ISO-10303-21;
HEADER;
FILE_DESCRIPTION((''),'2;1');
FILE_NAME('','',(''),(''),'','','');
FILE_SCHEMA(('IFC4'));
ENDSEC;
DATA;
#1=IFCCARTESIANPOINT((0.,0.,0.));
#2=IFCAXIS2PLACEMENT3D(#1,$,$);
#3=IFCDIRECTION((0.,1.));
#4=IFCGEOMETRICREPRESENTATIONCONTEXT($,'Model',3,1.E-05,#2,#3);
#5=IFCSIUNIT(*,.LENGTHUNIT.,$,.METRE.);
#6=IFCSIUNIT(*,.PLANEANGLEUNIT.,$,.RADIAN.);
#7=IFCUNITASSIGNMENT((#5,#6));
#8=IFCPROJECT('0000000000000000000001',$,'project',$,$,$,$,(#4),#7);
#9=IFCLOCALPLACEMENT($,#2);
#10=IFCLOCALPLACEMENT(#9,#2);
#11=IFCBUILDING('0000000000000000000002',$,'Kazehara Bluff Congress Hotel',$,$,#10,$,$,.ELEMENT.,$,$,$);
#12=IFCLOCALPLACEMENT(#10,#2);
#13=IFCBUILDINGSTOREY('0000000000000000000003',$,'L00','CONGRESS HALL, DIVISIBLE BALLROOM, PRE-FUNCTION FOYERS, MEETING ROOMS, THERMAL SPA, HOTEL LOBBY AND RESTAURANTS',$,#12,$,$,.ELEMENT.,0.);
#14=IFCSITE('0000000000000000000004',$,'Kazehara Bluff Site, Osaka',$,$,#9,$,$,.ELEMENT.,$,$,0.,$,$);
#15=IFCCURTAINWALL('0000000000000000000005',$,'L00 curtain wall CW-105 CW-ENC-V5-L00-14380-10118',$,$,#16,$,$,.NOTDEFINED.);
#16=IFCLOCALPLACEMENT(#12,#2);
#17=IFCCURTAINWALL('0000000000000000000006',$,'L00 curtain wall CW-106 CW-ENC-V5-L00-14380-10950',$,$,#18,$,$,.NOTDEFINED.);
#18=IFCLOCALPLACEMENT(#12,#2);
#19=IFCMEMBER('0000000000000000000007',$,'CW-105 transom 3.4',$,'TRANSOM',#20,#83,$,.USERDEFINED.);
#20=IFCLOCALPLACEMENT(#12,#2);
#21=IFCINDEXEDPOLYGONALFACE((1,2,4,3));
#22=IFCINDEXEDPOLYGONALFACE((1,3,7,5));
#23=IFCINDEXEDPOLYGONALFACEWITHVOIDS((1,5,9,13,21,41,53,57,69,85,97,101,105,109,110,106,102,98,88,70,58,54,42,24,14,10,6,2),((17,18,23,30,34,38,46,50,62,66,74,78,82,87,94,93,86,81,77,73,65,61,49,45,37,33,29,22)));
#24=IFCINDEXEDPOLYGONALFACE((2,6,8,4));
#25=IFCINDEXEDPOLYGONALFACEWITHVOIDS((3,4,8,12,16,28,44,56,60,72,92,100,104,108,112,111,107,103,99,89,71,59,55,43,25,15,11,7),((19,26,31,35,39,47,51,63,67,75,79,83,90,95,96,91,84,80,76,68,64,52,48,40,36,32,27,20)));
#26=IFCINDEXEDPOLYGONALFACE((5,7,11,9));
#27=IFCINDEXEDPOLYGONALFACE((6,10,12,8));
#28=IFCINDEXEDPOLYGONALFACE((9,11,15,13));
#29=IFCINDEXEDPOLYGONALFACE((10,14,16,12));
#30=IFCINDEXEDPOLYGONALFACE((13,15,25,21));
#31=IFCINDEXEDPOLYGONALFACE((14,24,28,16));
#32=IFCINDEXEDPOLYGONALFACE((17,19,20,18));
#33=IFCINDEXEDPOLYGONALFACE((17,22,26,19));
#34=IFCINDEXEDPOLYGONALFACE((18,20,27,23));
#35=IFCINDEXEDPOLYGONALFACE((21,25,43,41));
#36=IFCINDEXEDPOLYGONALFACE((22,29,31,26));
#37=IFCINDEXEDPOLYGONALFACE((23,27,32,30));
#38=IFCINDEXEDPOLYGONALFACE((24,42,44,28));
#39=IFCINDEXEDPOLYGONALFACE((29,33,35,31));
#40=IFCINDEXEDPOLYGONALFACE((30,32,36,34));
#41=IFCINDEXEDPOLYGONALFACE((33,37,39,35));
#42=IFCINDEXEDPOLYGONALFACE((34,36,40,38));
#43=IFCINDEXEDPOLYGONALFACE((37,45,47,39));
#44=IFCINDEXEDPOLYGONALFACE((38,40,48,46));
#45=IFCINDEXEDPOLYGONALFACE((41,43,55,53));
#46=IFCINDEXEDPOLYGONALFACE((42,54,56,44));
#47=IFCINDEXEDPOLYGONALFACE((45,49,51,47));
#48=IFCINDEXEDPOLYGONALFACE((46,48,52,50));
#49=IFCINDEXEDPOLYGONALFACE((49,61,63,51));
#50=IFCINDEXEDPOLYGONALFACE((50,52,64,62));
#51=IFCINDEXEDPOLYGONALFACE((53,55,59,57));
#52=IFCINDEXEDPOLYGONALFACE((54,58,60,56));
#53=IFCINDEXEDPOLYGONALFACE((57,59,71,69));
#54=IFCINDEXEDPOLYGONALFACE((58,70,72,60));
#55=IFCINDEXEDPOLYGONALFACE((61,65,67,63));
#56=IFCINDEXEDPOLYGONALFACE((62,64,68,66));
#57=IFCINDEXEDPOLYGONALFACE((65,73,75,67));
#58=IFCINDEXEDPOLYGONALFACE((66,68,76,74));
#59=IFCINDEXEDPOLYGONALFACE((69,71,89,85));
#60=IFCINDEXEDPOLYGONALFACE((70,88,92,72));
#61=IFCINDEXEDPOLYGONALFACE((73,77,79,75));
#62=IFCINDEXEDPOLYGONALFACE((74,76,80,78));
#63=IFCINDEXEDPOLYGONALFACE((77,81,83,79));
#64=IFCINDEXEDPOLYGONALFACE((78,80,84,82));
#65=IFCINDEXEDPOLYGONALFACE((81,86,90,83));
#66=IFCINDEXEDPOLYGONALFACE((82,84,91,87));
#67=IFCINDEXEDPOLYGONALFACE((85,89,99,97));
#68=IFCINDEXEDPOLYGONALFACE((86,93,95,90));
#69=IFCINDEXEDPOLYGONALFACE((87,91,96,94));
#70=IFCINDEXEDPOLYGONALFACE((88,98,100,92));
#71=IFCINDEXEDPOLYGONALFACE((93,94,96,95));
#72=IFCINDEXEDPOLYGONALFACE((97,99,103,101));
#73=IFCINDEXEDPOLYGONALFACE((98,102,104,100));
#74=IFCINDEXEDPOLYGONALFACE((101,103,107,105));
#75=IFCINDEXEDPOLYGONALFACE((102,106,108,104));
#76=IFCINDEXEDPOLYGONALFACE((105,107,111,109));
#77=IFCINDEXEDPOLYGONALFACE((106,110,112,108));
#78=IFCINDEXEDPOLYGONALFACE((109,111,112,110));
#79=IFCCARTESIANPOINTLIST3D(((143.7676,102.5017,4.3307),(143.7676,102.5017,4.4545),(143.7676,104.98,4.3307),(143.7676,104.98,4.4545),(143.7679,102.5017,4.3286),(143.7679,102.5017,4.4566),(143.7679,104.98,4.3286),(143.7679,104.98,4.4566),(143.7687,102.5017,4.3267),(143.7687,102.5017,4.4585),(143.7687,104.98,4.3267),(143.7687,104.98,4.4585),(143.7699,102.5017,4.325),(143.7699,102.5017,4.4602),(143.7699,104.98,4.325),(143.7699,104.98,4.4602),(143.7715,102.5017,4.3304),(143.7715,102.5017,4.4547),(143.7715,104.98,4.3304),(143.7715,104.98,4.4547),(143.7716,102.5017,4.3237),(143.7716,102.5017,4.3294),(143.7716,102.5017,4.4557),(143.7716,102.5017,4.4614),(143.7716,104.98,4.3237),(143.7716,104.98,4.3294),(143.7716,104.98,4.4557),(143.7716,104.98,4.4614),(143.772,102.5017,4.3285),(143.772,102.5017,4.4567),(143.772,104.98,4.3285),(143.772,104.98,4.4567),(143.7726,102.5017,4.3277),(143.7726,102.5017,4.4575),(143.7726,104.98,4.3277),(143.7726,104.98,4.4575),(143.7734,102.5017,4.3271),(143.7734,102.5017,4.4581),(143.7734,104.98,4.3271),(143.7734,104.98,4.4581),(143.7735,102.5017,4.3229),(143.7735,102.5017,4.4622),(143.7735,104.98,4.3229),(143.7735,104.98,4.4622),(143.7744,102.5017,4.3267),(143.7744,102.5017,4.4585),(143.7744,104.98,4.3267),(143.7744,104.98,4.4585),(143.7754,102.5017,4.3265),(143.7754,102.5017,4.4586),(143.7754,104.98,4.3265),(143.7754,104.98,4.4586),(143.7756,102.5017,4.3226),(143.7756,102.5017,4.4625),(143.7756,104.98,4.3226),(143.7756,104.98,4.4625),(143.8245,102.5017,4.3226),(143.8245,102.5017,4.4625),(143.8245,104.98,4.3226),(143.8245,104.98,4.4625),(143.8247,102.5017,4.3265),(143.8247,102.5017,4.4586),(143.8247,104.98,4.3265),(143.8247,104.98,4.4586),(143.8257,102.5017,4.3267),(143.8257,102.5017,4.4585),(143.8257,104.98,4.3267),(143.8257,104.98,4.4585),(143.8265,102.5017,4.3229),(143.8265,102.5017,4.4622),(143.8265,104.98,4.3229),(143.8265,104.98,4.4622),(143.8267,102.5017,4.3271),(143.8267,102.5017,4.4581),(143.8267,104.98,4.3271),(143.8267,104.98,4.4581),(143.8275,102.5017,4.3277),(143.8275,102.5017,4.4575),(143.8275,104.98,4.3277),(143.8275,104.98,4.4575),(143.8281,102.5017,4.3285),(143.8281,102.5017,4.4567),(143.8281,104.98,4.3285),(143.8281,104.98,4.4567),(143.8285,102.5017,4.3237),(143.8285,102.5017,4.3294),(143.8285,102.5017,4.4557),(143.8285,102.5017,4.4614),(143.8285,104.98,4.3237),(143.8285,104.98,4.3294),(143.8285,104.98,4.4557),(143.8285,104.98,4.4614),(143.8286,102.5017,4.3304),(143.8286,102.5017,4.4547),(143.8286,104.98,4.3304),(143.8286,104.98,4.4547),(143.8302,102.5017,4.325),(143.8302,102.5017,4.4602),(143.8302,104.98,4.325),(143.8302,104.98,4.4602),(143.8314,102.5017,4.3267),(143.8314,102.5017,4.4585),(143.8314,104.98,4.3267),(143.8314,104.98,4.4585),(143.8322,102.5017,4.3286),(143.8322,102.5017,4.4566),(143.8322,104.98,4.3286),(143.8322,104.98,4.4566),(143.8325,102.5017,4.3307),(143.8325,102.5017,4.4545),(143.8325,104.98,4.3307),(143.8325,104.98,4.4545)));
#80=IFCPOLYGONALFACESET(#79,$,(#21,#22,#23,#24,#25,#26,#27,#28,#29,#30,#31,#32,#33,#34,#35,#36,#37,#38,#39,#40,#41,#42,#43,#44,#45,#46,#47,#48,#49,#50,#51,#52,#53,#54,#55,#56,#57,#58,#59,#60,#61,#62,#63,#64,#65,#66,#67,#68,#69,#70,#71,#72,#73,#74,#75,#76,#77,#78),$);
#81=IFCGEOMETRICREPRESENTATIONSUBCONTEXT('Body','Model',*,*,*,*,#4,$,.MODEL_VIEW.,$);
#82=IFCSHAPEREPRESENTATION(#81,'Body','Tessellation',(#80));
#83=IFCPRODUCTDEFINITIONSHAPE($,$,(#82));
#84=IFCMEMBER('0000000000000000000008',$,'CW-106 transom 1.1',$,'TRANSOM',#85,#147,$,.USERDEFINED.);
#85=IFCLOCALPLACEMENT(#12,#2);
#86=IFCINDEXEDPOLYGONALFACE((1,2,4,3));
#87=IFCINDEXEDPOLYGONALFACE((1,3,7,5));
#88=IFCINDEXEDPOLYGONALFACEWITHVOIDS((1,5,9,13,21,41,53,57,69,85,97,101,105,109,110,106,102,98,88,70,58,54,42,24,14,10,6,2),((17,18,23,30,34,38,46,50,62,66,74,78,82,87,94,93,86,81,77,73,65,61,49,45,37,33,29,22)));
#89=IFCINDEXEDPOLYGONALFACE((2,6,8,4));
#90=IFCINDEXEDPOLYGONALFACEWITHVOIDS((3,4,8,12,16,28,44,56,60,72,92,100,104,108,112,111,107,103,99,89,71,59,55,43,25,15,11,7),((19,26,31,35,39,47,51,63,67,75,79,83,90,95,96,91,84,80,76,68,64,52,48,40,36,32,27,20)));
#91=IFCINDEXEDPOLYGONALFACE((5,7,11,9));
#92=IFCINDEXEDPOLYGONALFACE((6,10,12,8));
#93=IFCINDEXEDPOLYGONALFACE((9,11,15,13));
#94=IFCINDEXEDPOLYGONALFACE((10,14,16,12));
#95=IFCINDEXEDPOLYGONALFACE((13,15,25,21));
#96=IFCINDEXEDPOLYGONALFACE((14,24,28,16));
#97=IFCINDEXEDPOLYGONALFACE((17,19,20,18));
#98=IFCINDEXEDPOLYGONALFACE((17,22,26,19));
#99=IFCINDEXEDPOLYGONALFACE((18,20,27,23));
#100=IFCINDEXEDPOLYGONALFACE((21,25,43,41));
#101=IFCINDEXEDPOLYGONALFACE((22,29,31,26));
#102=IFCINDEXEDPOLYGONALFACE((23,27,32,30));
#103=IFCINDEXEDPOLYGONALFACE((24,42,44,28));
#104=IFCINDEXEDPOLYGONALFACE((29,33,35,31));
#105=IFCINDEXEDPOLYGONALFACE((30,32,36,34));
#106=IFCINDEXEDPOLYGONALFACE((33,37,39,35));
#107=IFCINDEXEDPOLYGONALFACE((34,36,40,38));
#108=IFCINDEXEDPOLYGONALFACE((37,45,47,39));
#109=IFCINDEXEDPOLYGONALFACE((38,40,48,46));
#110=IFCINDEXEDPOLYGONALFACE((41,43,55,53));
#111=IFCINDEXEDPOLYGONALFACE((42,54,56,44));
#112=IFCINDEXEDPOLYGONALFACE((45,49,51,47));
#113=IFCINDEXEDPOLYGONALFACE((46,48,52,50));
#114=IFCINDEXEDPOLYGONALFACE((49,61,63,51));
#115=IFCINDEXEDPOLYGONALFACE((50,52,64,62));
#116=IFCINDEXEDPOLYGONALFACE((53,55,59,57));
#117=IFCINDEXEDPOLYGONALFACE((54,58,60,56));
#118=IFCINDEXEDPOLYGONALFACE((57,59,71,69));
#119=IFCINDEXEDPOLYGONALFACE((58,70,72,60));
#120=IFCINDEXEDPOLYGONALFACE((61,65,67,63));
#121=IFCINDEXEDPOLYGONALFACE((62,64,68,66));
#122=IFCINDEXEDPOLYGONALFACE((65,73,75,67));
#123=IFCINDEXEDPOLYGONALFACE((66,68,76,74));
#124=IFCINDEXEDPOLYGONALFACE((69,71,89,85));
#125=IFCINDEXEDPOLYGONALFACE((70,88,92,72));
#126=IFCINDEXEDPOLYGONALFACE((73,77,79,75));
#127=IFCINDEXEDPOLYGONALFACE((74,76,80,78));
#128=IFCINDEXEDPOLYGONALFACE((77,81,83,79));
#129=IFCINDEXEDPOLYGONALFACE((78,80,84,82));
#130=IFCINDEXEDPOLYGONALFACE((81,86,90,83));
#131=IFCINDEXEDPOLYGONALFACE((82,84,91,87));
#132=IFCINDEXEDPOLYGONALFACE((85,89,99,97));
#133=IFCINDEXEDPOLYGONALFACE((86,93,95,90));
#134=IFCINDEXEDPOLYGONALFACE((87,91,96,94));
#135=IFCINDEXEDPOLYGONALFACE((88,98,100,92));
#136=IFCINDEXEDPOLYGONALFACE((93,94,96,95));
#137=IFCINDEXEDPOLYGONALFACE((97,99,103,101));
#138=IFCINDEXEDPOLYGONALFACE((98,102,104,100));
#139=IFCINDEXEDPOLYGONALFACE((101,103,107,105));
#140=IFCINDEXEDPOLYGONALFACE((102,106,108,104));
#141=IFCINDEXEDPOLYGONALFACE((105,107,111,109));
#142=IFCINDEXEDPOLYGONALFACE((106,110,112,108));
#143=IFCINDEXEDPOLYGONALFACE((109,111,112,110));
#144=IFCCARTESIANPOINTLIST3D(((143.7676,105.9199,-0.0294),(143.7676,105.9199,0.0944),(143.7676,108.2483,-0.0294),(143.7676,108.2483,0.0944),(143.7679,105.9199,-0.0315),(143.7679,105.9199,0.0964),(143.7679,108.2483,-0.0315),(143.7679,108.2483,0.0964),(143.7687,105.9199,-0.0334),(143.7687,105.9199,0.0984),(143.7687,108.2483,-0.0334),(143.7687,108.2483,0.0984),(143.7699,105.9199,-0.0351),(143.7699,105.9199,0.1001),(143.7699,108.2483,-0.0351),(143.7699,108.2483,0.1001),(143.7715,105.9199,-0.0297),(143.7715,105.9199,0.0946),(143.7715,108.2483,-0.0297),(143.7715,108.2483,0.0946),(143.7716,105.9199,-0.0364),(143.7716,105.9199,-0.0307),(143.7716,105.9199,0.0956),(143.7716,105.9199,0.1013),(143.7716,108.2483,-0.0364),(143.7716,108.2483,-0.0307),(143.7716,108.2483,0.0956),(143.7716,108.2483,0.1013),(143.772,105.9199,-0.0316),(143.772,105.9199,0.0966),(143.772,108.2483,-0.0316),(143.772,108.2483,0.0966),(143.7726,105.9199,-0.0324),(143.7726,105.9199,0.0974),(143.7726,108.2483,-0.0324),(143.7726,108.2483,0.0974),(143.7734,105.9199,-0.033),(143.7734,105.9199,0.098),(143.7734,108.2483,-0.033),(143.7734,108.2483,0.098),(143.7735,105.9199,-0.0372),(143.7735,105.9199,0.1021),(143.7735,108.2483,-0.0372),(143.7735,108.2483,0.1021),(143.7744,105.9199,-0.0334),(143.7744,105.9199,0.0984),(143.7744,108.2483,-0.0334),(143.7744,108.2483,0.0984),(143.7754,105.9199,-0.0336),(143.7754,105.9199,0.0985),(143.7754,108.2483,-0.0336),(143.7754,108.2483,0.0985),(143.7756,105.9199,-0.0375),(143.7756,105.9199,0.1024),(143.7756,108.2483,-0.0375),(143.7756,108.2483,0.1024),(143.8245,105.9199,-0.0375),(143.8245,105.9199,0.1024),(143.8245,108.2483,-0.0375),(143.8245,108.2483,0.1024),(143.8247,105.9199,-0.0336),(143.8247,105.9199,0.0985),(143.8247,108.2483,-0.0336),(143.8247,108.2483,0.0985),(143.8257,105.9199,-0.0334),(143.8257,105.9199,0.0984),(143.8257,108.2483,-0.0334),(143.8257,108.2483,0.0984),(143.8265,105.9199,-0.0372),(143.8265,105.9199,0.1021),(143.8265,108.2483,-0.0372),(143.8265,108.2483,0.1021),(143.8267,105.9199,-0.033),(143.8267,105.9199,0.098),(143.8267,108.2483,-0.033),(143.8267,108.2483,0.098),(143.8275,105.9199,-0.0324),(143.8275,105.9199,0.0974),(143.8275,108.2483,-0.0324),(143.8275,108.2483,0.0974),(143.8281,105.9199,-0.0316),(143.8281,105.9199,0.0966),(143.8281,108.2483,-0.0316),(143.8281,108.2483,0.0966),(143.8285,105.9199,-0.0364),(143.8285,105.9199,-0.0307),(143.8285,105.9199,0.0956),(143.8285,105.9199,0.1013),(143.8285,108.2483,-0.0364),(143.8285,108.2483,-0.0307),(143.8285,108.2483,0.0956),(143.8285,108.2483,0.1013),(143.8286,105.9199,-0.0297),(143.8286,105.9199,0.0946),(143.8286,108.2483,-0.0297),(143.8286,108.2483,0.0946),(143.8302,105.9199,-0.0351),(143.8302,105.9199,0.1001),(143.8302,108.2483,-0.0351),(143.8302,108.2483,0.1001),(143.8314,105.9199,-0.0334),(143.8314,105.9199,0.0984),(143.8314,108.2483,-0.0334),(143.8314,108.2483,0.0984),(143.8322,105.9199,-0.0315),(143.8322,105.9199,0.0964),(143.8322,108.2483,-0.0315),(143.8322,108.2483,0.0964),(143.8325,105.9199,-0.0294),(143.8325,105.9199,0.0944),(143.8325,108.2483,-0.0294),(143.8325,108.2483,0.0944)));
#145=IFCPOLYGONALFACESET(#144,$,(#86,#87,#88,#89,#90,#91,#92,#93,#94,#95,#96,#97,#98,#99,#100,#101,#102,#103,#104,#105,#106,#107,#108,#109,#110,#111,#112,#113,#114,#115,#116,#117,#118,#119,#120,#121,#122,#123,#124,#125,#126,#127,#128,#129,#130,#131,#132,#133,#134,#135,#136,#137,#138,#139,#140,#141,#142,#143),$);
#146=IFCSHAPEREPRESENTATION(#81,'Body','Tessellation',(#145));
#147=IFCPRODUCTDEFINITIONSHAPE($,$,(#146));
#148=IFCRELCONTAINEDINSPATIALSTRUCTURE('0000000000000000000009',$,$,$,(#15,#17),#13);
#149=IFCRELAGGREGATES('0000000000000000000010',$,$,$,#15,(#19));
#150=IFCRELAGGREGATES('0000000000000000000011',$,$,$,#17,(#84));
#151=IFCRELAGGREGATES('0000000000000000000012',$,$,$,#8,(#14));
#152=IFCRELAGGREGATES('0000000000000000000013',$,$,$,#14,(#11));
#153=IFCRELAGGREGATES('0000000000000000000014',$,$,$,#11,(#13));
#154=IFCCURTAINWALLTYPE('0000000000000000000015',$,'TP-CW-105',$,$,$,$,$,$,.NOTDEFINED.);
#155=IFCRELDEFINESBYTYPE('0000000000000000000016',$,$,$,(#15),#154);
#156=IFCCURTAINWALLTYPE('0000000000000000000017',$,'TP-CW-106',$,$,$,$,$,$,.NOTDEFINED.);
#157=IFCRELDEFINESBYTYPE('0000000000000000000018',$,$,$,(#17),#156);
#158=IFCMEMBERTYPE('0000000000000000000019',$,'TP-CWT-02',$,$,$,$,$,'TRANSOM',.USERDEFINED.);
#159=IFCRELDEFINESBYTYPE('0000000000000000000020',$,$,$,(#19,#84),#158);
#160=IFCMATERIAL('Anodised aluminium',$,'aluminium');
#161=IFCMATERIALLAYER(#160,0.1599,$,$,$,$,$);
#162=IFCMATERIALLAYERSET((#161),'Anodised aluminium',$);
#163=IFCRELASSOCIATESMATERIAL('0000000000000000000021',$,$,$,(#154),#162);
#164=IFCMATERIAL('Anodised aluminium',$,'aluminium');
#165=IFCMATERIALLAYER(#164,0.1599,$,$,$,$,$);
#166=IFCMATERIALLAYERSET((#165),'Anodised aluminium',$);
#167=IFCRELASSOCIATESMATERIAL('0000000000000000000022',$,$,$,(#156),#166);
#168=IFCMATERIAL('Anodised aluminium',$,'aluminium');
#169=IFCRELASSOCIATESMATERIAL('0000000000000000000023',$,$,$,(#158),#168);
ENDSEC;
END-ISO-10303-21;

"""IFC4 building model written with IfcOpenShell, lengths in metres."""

from ifc_helpers import new_model, si_unit, direction, frame, origin, origin_2d, place, context, subcontext, project, spatial, hollow_rectangle, extrude, material, layer, layer_set, material_profile, profile_set, type_object, element, aggregate, save


model = new_model("IFC4")

# Units and contexts
model_context = context("Model", 3, precision=1e-05, world=origin(), true_north=direction((0.0, 1.0)))
body_context = subcontext(model_context, "Body", "Model", "MODEL_VIEW")
ifc_project = project(units=[si_unit("LENGTHUNIT", "METRE"), si_unit("PLANEANGLEUNIT", "RADIAN")], contexts=[model_context])

# Site, building, storey
site_placement = place(None, origin())
site = spatial("IfcSite", under=ifc_project, at=site_placement, Name="Kazehara Bluff Site, Osaka", CompositionType="ELEMENT", RefElevation=0.0)
building_placement = place(site_placement, origin())
building = spatial("IfcBuilding", under=site, at=building_placement, Name="Kazehara Bluff Congress Hotel", CompositionType="ELEMENT")
storey_placement = place(building_placement, origin())
storey = spatial("IfcBuildingStorey", under=building, at=storey_placement, Name="L00", Description="CONGRESS HALL, DIVISIBLE BALLROOM, PRE-FUNCTION FOYERS, MEETING ROOMS, THERMAL SPA, HOTEL LOBBY AND RESTAURANTS", CompositionType="ELEMENT", Elevation=0.0)

# Curtain wall
ifc_material_1 = material(Name="Anodised aluminium", Category="aluminium")
ifc_layer_1 = layer(ifc_material_1, 0.1599)
ifc_layer_set_1 = layer_set([ifc_layer_1], Name="Anodised aluminium")
curtain_wall_type_1 = type_object("IfcCurtainWallType", Name="TP-CW-105", PredefinedType="NOTDEFINED", material=ifc_layer_set_1)
curtain_wall_1_placement = place(storey_placement, origin())
curtain_wall_1 = element("IfcCurtainWall", 1, at=curtain_wall_1_placement, inside=storey, type_object=curtain_wall_type_1, Name="L00 curtain wall CW-105 CW-ENC-V5-L00-14380-10118", PredefinedType="NOTDEFINED")

# Curtain wall
ifc_material_2 = material(Name="Anodised aluminium", Category="aluminium")
ifc_layer_2 = layer(ifc_material_2, 0.1599)
ifc_layer_set_2 = layer_set([ifc_layer_2], Name="Anodised aluminium")
curtain_wall_type_2 = type_object("IfcCurtainWallType", Name="TP-CW-106", PredefinedType="NOTDEFINED", material=ifc_layer_set_2)
curtain_wall_2_placement = place(storey_placement, origin())
curtain_wall_2 = element("IfcCurtainWall", 2, at=curtain_wall_2_placement, inside=storey, type_object=curtain_wall_type_2, Name="L00 curtain wall CW-106 CW-ENC-V5-L00-14380-10950", PredefinedType="NOTDEFINED")

# Members
ifc_material_3 = material(Name="Anodised aluminium", Category="aluminium")
ifc_material_profile_1 = material_profile(ifc_material_3, hollow_rectangle(XDim=0.0649, YDim=0.1399, WallThickness=0.0039, InnerFilletRadius=0.0039, OuterFilletRadius=0.0081, at=origin_2d()))
ifc_profile_set_1 = profile_set([ifc_material_profile_1], Name="Anodised aluminium")
member_type_1 = type_object("IfcMemberType", Name="TP-CWT-02", ElementType="TRANSOM", PredefinedType="USERDEFINED", material=ifc_profile_set_1)
member_1_placement = place(storey_placement, frame((143.8, 102.5017, 4.3926), z_axis=(0.0, 1.0, 0.0), x_axis=(-1.0, 0.0, 0.0)))
member_1 = element("IfcMember", 3, at=member_1_placement, type_object=member_type_1, Name="CW-105 transom 3.4", ObjectType="TRANSOM", PredefinedType="USERDEFINED", context=body_context, shape_type="SweptSolid", body=[
    extrude(hollow_rectangle(XDim=0.0649, YDim=0.1399, WallThickness=0.0039, InnerFilletRadius=0.0039, OuterFilletRadius=0.0081, at=origin_2d()), origin(), (0.0, 0.0, 1.0), 2.4783),
])
member_2_placement = place(storey_placement, frame((143.8, 105.9199, 0.0325), z_axis=(0.0, 1.0, 0.0), x_axis=(-1.0, 0.0, 0.0)))
member_2 = element("IfcMember", 4, at=member_2_placement, type_object=member_type_1, Name="CW-106 transom 1.1", ObjectType="TRANSOM", PredefinedType="USERDEFINED", context=body_context, shape_type="SweptSolid", body=[
    extrude(hollow_rectangle(XDim=0.0649, YDim=0.1399, WallThickness=0.0039, InnerFilletRadius=0.0039, OuterFilletRadius=0.0081, at=origin_2d()), origin(), (0.0, 0.0, 1.0), 2.3284),
])

aggregate(curtain_wall_1, [member_1])
aggregate(curtain_wall_2, [member_2])

save(model, "model.ifc")
